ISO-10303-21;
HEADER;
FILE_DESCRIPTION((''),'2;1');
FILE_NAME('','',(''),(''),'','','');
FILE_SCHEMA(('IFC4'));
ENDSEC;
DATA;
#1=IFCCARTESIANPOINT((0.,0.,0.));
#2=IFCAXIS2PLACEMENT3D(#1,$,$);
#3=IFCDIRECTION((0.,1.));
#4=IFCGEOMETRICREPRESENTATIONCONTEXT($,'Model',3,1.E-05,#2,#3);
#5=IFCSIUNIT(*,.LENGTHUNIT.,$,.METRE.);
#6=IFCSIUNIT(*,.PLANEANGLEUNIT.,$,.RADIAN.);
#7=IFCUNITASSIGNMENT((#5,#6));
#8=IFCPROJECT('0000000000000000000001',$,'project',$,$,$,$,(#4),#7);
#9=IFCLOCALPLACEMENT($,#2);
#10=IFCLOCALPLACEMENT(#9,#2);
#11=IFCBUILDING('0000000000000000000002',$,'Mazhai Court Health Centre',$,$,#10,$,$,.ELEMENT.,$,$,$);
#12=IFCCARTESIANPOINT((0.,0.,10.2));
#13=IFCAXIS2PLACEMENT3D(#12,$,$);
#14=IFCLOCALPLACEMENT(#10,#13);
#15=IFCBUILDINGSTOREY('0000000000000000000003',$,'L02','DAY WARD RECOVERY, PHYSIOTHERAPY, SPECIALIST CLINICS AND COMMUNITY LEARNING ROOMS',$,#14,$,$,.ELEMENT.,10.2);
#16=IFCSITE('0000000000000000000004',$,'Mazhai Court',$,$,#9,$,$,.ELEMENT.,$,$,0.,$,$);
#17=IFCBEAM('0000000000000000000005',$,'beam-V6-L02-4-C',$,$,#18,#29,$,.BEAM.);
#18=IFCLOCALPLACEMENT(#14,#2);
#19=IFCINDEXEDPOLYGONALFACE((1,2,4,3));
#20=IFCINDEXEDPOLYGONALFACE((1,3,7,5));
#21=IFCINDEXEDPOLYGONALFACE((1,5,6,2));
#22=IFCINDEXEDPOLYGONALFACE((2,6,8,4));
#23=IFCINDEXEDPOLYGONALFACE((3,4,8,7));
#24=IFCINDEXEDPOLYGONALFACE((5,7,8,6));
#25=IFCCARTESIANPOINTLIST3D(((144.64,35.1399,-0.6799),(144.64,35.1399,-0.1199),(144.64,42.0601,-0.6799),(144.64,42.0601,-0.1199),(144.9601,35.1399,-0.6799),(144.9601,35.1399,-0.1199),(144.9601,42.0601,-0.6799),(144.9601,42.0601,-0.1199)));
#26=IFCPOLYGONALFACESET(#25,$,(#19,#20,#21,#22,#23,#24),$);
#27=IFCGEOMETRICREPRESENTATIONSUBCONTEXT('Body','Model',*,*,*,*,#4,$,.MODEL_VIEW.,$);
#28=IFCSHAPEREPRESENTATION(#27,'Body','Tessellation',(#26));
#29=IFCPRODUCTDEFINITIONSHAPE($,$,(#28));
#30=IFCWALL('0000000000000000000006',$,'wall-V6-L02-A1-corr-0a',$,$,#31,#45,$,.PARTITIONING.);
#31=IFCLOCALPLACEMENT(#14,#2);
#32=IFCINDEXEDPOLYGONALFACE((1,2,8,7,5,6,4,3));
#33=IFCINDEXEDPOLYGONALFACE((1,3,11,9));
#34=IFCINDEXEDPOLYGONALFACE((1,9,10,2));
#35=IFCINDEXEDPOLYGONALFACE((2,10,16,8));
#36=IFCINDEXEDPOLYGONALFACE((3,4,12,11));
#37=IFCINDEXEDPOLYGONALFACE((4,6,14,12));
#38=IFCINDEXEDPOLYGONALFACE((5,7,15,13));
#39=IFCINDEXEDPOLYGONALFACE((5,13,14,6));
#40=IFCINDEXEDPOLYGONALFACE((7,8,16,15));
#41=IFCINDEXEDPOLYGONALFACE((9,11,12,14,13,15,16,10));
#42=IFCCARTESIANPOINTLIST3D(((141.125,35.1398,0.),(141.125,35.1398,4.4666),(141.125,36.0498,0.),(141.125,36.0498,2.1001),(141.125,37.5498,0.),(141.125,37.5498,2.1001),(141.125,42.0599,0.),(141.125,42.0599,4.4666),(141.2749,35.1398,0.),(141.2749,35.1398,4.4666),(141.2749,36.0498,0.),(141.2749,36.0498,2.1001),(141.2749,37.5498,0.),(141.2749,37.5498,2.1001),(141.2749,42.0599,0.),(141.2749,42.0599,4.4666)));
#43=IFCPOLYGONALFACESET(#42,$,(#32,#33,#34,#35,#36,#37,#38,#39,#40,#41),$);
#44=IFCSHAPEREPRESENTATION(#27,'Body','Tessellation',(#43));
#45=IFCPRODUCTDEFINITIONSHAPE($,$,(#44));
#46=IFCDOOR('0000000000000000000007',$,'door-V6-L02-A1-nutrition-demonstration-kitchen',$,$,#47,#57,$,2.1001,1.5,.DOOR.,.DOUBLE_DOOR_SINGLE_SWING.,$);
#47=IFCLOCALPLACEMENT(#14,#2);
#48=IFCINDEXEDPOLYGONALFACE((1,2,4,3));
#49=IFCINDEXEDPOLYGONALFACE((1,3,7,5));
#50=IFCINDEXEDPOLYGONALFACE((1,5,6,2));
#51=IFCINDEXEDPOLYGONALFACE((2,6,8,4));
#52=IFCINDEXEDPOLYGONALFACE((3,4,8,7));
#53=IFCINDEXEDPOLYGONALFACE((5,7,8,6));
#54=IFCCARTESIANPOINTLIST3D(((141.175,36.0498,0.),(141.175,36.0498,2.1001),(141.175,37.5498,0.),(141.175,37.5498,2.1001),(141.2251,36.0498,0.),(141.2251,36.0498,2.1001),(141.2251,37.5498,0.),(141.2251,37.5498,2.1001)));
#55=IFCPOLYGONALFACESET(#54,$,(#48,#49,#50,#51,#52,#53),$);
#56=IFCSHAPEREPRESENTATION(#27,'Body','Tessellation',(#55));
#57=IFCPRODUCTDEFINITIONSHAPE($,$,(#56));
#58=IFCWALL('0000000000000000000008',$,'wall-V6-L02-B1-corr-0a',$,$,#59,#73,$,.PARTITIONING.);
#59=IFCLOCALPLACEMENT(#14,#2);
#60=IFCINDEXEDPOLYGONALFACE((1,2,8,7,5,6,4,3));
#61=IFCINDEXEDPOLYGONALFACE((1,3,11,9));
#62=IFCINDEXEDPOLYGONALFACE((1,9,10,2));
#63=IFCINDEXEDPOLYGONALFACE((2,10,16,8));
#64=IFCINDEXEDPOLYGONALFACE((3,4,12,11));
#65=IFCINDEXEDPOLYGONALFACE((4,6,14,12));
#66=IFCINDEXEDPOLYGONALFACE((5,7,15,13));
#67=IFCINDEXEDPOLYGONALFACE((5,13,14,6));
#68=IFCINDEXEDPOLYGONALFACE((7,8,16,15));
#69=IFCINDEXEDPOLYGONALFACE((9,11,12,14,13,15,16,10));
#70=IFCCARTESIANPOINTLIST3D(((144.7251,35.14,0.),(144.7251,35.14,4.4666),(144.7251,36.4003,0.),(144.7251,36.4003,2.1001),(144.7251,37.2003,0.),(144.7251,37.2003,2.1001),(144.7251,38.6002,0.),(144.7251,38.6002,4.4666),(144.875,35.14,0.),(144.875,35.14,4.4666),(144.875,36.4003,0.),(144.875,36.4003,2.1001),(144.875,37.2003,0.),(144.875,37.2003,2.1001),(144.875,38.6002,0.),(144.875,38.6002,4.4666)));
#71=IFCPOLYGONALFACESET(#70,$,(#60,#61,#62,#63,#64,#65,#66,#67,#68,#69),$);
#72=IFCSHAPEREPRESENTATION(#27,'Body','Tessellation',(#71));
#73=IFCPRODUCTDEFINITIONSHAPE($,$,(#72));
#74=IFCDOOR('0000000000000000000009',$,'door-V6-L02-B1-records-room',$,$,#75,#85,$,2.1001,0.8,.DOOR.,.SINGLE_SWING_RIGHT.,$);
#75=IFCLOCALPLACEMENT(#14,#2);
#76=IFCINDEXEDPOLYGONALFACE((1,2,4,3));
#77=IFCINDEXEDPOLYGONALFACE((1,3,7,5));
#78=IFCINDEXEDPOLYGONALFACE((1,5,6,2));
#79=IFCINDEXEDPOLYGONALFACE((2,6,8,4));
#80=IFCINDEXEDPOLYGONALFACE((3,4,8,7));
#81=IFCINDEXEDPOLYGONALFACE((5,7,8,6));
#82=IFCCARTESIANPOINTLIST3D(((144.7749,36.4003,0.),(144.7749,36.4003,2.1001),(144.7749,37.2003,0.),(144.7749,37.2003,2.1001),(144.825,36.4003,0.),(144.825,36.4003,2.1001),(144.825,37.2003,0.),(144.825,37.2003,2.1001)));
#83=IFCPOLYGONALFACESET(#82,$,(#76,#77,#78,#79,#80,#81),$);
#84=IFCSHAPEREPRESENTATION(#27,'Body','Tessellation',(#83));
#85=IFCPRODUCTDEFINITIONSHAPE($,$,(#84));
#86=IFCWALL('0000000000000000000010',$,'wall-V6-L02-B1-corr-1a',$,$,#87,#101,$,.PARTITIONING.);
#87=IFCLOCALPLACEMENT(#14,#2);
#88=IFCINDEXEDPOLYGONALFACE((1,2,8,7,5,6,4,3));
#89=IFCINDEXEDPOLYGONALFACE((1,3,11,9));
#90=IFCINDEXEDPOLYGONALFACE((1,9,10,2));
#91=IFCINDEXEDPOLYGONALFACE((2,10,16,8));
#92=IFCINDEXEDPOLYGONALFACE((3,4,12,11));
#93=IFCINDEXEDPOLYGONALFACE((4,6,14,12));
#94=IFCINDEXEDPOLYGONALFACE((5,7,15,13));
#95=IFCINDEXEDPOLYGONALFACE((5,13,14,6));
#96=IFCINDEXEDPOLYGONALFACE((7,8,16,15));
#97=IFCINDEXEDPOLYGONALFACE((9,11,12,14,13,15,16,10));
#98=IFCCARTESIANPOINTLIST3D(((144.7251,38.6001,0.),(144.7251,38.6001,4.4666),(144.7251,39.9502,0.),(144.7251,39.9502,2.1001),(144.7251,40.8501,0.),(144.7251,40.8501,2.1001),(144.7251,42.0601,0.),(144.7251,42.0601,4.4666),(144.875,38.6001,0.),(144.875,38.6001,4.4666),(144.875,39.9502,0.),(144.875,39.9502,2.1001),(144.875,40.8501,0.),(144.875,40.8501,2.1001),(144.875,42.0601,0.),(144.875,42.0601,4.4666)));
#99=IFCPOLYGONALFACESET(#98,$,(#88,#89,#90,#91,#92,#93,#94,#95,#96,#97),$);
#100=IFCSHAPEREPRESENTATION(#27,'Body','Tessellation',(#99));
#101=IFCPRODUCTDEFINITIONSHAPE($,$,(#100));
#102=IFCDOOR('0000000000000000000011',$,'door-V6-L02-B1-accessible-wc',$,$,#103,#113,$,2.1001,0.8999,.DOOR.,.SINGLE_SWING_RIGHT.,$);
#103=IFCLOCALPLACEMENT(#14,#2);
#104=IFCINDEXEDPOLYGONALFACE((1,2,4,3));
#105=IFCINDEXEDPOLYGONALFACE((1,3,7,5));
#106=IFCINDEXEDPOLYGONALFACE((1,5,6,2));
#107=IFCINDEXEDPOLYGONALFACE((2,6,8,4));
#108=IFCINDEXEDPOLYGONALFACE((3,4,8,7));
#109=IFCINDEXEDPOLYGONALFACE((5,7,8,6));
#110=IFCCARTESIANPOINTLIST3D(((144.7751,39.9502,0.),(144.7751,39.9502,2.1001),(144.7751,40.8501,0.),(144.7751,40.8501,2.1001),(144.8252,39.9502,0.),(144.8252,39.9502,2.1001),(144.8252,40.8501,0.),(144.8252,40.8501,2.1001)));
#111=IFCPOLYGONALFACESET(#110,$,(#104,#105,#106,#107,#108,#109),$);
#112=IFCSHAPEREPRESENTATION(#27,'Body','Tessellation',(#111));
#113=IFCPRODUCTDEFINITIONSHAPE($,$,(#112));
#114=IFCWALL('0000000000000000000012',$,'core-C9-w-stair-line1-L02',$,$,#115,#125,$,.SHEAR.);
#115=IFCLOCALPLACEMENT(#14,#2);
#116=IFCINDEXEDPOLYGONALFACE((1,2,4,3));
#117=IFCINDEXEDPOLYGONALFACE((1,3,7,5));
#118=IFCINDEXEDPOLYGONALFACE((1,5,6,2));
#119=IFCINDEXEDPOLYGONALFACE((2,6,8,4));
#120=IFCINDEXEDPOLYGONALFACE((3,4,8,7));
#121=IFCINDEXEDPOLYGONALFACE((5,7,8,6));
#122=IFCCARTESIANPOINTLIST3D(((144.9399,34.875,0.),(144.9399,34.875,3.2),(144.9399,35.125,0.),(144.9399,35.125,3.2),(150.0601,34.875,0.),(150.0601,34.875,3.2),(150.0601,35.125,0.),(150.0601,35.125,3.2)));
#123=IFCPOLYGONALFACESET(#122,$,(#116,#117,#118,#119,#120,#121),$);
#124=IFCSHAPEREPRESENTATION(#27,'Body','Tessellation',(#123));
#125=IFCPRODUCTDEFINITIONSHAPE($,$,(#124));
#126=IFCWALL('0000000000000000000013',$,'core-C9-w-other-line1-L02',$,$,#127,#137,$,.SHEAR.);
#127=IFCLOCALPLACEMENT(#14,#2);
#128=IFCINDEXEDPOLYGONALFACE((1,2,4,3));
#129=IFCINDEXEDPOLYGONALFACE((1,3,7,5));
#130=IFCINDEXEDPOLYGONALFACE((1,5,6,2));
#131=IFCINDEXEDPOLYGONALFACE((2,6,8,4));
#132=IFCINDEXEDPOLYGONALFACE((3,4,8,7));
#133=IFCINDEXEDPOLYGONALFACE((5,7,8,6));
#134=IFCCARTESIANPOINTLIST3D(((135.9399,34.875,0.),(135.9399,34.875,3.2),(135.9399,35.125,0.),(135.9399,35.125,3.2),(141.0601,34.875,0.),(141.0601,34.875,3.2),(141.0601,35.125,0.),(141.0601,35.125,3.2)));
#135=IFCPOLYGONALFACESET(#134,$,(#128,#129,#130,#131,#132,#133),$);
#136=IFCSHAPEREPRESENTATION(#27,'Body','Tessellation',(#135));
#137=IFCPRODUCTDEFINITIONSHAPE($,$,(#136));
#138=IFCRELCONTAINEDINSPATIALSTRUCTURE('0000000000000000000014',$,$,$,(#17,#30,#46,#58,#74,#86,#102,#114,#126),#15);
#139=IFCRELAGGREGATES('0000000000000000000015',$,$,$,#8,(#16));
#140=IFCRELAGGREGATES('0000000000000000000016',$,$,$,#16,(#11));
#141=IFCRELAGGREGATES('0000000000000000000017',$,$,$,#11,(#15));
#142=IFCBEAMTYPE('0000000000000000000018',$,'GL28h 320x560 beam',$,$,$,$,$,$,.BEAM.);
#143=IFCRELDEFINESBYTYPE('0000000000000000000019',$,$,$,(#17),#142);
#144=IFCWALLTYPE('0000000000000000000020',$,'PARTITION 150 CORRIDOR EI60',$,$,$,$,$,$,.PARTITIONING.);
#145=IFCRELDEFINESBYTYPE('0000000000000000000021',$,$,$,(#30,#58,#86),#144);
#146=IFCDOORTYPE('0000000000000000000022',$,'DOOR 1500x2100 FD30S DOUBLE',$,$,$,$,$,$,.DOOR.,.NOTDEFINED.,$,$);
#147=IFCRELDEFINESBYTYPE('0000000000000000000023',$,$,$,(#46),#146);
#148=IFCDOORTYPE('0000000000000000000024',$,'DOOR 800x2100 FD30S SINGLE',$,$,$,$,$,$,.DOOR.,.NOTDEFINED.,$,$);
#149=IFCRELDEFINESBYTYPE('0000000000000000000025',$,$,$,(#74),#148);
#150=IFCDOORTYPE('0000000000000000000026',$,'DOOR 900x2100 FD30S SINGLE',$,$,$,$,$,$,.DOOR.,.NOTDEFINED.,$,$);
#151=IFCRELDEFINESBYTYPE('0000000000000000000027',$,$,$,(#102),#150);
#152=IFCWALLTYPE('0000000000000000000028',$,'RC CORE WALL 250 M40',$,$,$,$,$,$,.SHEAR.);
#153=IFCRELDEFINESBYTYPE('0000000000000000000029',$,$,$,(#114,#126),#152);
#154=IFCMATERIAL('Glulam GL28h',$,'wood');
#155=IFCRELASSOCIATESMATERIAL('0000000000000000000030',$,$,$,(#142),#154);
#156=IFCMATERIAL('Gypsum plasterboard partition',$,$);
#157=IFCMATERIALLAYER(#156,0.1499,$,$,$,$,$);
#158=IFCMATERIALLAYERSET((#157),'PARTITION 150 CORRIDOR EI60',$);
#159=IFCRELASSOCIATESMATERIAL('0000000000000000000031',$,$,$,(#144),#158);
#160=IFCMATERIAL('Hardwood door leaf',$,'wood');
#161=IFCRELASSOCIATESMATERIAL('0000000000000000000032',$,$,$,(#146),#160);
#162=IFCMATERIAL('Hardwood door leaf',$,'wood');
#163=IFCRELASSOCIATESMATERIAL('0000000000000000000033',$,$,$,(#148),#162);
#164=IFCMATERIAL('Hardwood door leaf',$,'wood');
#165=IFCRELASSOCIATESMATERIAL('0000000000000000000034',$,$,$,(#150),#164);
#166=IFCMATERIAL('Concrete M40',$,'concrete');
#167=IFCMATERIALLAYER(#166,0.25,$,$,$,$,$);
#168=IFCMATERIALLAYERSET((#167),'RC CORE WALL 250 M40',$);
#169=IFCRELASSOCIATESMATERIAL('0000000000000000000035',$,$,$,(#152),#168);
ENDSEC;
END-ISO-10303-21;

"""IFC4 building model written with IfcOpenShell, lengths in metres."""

from ifc_helpers import new_model, si_unit, direction, frame, frame_2d, origin, origin_2d, place, context, subcontext, project, spatial, rectangle, extrude, material, layer, layer_set, material_profile, profile_set, type_object, element, fill, save


model = new_model("IFC4")

# Units and contexts
model_context = context("Model", 3, precision=1e-05, world=origin(), true_north=direction((0.0, 1.0)))
body_context = subcontext(model_context, "Body", "Model", "MODEL_VIEW")
ifc_project = project(units=[si_unit("LENGTHUNIT", "METRE"), si_unit("PLANEANGLEUNIT", "RADIAN")], contexts=[model_context])

# Site, building, storey
site_placement = place(None, origin())
site = spatial("IfcSite", under=ifc_project, at=site_placement, Name="Mazhai Court", CompositionType="ELEMENT", RefElevation=0.0)
building_placement = place(site_placement, origin())
building = spatial("IfcBuilding", under=site, at=building_placement, Name="Mazhai Court Health Centre", CompositionType="ELEMENT")
storey_placement = place(building_placement, frame((0.0, 0.0, 10.2)))
storey = spatial("IfcBuildingStorey", under=building, at=storey_placement, Name="L02", Description="DAY WARD RECOVERY, PHYSIOTHERAPY, SPECIALIST CLINICS AND COMMUNITY LEARNING ROOMS", CompositionType="ELEMENT", Elevation=10.2)

# Beam
ifc_material_1 = material(Name="Glulam GL28h", Category="wood")
ifc_material_profile_1 = material_profile(ifc_material_1, rectangle(XDim=0.3201, YDim=0.5601, at=origin_2d()), Name="GL28h 320x560")
ifc_profile_set_1 = profile_set([ifc_material_profile_1], Name="Glulam GL28h")
beam_type_1 = type_object("IfcBeamType", Name="GL28h 320x560 beam", PredefinedType="BEAM", material=ifc_profile_set_1)
for number, where, z_axis, x_axis, name in (
    (1, (144.8, 35.1399, -0.3999), (0.0, 1.0, 0.0), (-1.0, 0.0, 0.0), "beam-V6-L02-4-C"),
):
    element("IfcBeam", number, at=place(storey_placement, frame(where, z_axis=z_axis, x_axis=x_axis)), inside=storey, type_object=beam_type_1, Name=name, PredefinedType="BEAM", context=body_context, shape_type="SweptSolid", body=[
        extrude(rectangle(XDim=0.3201, YDim=0.5601, at=origin_2d()), origin(), (0.0, 0.0, 1.0), 6.9202),
    ])

# Walls, openings, doors
ifc_material_2 = material(Name="Gypsum plasterboard partition")
ifc_layer_1 = layer(ifc_material_2, 0.1499)
ifc_layer_set_1 = layer_set([ifc_layer_1], Name="PARTITION 150 CORRIDOR EI60")
wall_type_1 = type_object("IfcWallType", Name="PARTITION 150 CORRIDOR EI60", PredefinedType="PARTITIONING", material=ifc_layer_set_1)
wall_1_placement = place(storey_placement, frame((141.2, 35.1399, 0.0), z_axis=(0.0, 0.0, 1.0), x_axis=(0.0, 1.0, 0.0)))
wall_1 = element("IfcWall", 2, at=wall_1_placement, inside=storey, type_object=wall_type_1, Name="wall-V6-L02-A1-corr-0a", PredefinedType="PARTITIONING", context=body_context, shape_type="SweptSolid", body=[
    extrude(rectangle(XDim=6.9202, YDim=0.1499, at=frame_2d((3.46, 0.0))), origin(), (0.0, 0.0, 1.0), 4.4666),
])
opening_1_placement = place(wall_1_placement, frame((0.9099, 0.0, 0.0)))
opening_1 = element("IfcOpeningElement", 3, at=opening_1_placement, cuts=wall_1, PredefinedType="OPENING", context=body_context, shape_type="SweptSolid", body=[
    extrude(rectangle(XDim=1.5, YDim=2.1001, at=frame_2d((0.75, 1.05))), frame((0.0, 0.085, 0.0), z_axis=(0.0, -1.0, 0.0), x_axis=(1.0, 0.0, 0.0)), (0.0, 0.0, 1.0), 0.1699),
])
ifc_material_3 = material(Name="Hardwood door leaf", Category="wood")
door_type_1 = type_object("IfcDoorType", Name="DOOR 1500x2100 FD30S DOUBLE", OperationType="NOTDEFINED", PredefinedType="DOOR", material=ifc_material_3)
door_1_placement = place(opening_1_placement, origin())
door_1 = element("IfcDoor", 4, at=door_1_placement, inside=storey, type_object=door_type_1, Name="door-V6-L02-A1-nutrition-demonstration-kitchen", OperationType="DOUBLE_DOOR_SINGLE_SWING", OverallHeight=2.1001, OverallWidth=1.5, PredefinedType="DOOR", context=body_context, shape_type="SweptSolid", body=[
    extrude(rectangle(XDim=1.5, YDim=2.1001, at=frame_2d((0.75, 1.05))), frame((0.0, 0.0249, 0.0), z_axis=(0.0, -1.0, 0.0), x_axis=(1.0, 0.0, 0.0)), (0.0, 0.0, 1.0), 0.05),
])
fill(opening_1, door_1)
wall_2_placement = place(storey_placement, frame((144.8, 38.6001, 0.0), z_axis=(0.0, 0.0, 1.0), x_axis=(0.0, -1.0, 0.0)))
wall_2 = element("IfcWall", 5, at=wall_2_placement, inside=storey, type_object=wall_type_1, Name="wall-V6-L02-B1-corr-0a", PredefinedType="PARTITIONING", context=body_context, shape_type="SweptSolid", body=[
    extrude(rectangle(XDim=3.4602, YDim=0.1499, at=frame_2d((1.73, 0.0))), origin(), (0.0, 0.0, 1.0), 4.4666),
])
opening_2_placement = place(wall_2_placement, frame((1.3999, 0.0, 0.0)))
opening_2 = element("IfcOpeningElement", 6, at=opening_2_placement, cuts=wall_2, PredefinedType="OPENING", context=body_context, shape_type="SweptSolid", body=[
    extrude(rectangle(XDim=0.8, YDim=2.1001, at=frame_2d((0.3999, 1.05))), frame((0.0, 0.085, 0.0), z_axis=(0.0, -1.0, 0.0), x_axis=(1.0, 0.0, 0.0)), (0.0, 0.0, 1.0), 0.1699),
])
ifc_material_4 = material(Name="Hardwood door leaf", Category="wood")
door_type_2 = type_object("IfcDoorType", Name="DOOR 800x2100 FD30S SINGLE", OperationType="NOTDEFINED", PredefinedType="DOOR", material=ifc_material_4)
door_2_placement = place(opening_2_placement, origin())
door_2 = element("IfcDoor", 7, at=door_2_placement, inside=storey, type_object=door_type_2, Name="door-V6-L02-B1-records-room", OperationType="SINGLE_SWING_RIGHT", OverallHeight=2.1001, OverallWidth=0.8, PredefinedType="DOOR", context=body_context, shape_type="SweptSolid", body=[
    extrude(rectangle(XDim=0.8, YDim=2.1001, at=frame_2d((0.3999, 1.05))), frame((0.0, 0.0249, 0.0), z_axis=(0.0, -1.0, 0.0), x_axis=(1.0, 0.0, 0.0)), (0.0, 0.0, 1.0), 0.05),
])
fill(opening_2, door_2)
wall_3_placement = place(storey_placement, frame((144.8, 38.6001, 0.0), z_axis=(0.0, 0.0, 1.0), x_axis=(0.0, 1.0, 0.0)))
wall_3 = element("IfcWall", 8, at=wall_3_placement, inside=storey, type_object=wall_type_1, Name="wall-V6-L02-B1-corr-1a", PredefinedType="PARTITIONING", context=body_context, shape_type="SweptSolid", body=[
    extrude(rectangle(XDim=3.46, YDim=0.1499, at=frame_2d((1.73, 0.0))), origin(), (0.0, 0.0, 1.0), 4.4666),
])
opening_3_placement = place(wall_3_placement, frame((1.3501, 0.0, 0.0)))
opening_3 = element("IfcOpeningElement", 9, at=opening_3_placement, cuts=wall_3, PredefinedType="OPENING", context=body_context, shape_type="SweptSolid", body=[
    extrude(rectangle(XDim=0.8999, YDim=2.1001, at=frame_2d((0.45, 1.05))), frame((0.0, 0.085, 0.0), z_axis=(0.0, -1.0, 0.0), x_axis=(1.0, 0.0, 0.0)), (0.0, 0.0, 1.0), 0.1699),
])
ifc_material_5 = material(Name="Hardwood door leaf", Category="wood")
door_type_3 = type_object("IfcDoorType", Name="DOOR 900x2100 FD30S SINGLE", OperationType="NOTDEFINED", PredefinedType="DOOR", material=ifc_material_5)
door_3_placement = place(opening_3_placement, origin())
door_3 = element("IfcDoor", 10, at=door_3_placement, inside=storey, type_object=door_type_3, Name="door-V6-L02-B1-accessible-wc", OperationType="SINGLE_SWING_RIGHT", OverallHeight=2.1001, OverallWidth=0.8999, PredefinedType="DOOR", context=body_context, shape_type="SweptSolid", body=[
    extrude(rectangle(XDim=0.8999, YDim=2.1001, at=frame_2d((0.45, 1.05))), frame((0.0, 0.0249, 0.0), z_axis=(0.0, -1.0, 0.0), x_axis=(1.0, 0.0, 0.0)), (0.0, 0.0, 1.0), 0.05),
])
fill(opening_3, door_3)

# Walls
ifc_material_6 = material(Name="Concrete M40", Category="concrete")
ifc_layer_2 = layer(ifc_material_6, 0.25)
ifc_layer_set_2 = layer_set([ifc_layer_2], Name="RC CORE WALL 250 M40")
wall_type_2 = type_object("IfcWallType", Name="RC CORE WALL 250 M40", PredefinedType="SHEAR", material=ifc_layer_set_2)
for number, where, z_axis, x_axis, name in (
    (11, (144.9399, 35.0, 0.0), (0.0, 0.0, 1.0), (1.0, 0.0, 0.0), "core-C9-w-stair-line1-L02"),
    (12, (135.9399, 35.0, 0.0), (0.0, 0.0, 1.0), (1.0, 0.0, 0.0), "core-C9-w-other-line1-L02"),
):
    element("IfcWall", number, at=place(storey_placement, frame(where, z_axis=z_axis, x_axis=x_axis)), inside=storey, type_object=wall_type_2, Name=name, PredefinedType="SHEAR", context=body_context, shape_type="SweptSolid", body=[
        extrude(rectangle(XDim=5.1201, YDim=0.25, at=frame_2d((2.5601, 0.0))), origin(), (0.0, 0.0, 1.0), 3.2),
    ])

save(model, "model.ifc")
